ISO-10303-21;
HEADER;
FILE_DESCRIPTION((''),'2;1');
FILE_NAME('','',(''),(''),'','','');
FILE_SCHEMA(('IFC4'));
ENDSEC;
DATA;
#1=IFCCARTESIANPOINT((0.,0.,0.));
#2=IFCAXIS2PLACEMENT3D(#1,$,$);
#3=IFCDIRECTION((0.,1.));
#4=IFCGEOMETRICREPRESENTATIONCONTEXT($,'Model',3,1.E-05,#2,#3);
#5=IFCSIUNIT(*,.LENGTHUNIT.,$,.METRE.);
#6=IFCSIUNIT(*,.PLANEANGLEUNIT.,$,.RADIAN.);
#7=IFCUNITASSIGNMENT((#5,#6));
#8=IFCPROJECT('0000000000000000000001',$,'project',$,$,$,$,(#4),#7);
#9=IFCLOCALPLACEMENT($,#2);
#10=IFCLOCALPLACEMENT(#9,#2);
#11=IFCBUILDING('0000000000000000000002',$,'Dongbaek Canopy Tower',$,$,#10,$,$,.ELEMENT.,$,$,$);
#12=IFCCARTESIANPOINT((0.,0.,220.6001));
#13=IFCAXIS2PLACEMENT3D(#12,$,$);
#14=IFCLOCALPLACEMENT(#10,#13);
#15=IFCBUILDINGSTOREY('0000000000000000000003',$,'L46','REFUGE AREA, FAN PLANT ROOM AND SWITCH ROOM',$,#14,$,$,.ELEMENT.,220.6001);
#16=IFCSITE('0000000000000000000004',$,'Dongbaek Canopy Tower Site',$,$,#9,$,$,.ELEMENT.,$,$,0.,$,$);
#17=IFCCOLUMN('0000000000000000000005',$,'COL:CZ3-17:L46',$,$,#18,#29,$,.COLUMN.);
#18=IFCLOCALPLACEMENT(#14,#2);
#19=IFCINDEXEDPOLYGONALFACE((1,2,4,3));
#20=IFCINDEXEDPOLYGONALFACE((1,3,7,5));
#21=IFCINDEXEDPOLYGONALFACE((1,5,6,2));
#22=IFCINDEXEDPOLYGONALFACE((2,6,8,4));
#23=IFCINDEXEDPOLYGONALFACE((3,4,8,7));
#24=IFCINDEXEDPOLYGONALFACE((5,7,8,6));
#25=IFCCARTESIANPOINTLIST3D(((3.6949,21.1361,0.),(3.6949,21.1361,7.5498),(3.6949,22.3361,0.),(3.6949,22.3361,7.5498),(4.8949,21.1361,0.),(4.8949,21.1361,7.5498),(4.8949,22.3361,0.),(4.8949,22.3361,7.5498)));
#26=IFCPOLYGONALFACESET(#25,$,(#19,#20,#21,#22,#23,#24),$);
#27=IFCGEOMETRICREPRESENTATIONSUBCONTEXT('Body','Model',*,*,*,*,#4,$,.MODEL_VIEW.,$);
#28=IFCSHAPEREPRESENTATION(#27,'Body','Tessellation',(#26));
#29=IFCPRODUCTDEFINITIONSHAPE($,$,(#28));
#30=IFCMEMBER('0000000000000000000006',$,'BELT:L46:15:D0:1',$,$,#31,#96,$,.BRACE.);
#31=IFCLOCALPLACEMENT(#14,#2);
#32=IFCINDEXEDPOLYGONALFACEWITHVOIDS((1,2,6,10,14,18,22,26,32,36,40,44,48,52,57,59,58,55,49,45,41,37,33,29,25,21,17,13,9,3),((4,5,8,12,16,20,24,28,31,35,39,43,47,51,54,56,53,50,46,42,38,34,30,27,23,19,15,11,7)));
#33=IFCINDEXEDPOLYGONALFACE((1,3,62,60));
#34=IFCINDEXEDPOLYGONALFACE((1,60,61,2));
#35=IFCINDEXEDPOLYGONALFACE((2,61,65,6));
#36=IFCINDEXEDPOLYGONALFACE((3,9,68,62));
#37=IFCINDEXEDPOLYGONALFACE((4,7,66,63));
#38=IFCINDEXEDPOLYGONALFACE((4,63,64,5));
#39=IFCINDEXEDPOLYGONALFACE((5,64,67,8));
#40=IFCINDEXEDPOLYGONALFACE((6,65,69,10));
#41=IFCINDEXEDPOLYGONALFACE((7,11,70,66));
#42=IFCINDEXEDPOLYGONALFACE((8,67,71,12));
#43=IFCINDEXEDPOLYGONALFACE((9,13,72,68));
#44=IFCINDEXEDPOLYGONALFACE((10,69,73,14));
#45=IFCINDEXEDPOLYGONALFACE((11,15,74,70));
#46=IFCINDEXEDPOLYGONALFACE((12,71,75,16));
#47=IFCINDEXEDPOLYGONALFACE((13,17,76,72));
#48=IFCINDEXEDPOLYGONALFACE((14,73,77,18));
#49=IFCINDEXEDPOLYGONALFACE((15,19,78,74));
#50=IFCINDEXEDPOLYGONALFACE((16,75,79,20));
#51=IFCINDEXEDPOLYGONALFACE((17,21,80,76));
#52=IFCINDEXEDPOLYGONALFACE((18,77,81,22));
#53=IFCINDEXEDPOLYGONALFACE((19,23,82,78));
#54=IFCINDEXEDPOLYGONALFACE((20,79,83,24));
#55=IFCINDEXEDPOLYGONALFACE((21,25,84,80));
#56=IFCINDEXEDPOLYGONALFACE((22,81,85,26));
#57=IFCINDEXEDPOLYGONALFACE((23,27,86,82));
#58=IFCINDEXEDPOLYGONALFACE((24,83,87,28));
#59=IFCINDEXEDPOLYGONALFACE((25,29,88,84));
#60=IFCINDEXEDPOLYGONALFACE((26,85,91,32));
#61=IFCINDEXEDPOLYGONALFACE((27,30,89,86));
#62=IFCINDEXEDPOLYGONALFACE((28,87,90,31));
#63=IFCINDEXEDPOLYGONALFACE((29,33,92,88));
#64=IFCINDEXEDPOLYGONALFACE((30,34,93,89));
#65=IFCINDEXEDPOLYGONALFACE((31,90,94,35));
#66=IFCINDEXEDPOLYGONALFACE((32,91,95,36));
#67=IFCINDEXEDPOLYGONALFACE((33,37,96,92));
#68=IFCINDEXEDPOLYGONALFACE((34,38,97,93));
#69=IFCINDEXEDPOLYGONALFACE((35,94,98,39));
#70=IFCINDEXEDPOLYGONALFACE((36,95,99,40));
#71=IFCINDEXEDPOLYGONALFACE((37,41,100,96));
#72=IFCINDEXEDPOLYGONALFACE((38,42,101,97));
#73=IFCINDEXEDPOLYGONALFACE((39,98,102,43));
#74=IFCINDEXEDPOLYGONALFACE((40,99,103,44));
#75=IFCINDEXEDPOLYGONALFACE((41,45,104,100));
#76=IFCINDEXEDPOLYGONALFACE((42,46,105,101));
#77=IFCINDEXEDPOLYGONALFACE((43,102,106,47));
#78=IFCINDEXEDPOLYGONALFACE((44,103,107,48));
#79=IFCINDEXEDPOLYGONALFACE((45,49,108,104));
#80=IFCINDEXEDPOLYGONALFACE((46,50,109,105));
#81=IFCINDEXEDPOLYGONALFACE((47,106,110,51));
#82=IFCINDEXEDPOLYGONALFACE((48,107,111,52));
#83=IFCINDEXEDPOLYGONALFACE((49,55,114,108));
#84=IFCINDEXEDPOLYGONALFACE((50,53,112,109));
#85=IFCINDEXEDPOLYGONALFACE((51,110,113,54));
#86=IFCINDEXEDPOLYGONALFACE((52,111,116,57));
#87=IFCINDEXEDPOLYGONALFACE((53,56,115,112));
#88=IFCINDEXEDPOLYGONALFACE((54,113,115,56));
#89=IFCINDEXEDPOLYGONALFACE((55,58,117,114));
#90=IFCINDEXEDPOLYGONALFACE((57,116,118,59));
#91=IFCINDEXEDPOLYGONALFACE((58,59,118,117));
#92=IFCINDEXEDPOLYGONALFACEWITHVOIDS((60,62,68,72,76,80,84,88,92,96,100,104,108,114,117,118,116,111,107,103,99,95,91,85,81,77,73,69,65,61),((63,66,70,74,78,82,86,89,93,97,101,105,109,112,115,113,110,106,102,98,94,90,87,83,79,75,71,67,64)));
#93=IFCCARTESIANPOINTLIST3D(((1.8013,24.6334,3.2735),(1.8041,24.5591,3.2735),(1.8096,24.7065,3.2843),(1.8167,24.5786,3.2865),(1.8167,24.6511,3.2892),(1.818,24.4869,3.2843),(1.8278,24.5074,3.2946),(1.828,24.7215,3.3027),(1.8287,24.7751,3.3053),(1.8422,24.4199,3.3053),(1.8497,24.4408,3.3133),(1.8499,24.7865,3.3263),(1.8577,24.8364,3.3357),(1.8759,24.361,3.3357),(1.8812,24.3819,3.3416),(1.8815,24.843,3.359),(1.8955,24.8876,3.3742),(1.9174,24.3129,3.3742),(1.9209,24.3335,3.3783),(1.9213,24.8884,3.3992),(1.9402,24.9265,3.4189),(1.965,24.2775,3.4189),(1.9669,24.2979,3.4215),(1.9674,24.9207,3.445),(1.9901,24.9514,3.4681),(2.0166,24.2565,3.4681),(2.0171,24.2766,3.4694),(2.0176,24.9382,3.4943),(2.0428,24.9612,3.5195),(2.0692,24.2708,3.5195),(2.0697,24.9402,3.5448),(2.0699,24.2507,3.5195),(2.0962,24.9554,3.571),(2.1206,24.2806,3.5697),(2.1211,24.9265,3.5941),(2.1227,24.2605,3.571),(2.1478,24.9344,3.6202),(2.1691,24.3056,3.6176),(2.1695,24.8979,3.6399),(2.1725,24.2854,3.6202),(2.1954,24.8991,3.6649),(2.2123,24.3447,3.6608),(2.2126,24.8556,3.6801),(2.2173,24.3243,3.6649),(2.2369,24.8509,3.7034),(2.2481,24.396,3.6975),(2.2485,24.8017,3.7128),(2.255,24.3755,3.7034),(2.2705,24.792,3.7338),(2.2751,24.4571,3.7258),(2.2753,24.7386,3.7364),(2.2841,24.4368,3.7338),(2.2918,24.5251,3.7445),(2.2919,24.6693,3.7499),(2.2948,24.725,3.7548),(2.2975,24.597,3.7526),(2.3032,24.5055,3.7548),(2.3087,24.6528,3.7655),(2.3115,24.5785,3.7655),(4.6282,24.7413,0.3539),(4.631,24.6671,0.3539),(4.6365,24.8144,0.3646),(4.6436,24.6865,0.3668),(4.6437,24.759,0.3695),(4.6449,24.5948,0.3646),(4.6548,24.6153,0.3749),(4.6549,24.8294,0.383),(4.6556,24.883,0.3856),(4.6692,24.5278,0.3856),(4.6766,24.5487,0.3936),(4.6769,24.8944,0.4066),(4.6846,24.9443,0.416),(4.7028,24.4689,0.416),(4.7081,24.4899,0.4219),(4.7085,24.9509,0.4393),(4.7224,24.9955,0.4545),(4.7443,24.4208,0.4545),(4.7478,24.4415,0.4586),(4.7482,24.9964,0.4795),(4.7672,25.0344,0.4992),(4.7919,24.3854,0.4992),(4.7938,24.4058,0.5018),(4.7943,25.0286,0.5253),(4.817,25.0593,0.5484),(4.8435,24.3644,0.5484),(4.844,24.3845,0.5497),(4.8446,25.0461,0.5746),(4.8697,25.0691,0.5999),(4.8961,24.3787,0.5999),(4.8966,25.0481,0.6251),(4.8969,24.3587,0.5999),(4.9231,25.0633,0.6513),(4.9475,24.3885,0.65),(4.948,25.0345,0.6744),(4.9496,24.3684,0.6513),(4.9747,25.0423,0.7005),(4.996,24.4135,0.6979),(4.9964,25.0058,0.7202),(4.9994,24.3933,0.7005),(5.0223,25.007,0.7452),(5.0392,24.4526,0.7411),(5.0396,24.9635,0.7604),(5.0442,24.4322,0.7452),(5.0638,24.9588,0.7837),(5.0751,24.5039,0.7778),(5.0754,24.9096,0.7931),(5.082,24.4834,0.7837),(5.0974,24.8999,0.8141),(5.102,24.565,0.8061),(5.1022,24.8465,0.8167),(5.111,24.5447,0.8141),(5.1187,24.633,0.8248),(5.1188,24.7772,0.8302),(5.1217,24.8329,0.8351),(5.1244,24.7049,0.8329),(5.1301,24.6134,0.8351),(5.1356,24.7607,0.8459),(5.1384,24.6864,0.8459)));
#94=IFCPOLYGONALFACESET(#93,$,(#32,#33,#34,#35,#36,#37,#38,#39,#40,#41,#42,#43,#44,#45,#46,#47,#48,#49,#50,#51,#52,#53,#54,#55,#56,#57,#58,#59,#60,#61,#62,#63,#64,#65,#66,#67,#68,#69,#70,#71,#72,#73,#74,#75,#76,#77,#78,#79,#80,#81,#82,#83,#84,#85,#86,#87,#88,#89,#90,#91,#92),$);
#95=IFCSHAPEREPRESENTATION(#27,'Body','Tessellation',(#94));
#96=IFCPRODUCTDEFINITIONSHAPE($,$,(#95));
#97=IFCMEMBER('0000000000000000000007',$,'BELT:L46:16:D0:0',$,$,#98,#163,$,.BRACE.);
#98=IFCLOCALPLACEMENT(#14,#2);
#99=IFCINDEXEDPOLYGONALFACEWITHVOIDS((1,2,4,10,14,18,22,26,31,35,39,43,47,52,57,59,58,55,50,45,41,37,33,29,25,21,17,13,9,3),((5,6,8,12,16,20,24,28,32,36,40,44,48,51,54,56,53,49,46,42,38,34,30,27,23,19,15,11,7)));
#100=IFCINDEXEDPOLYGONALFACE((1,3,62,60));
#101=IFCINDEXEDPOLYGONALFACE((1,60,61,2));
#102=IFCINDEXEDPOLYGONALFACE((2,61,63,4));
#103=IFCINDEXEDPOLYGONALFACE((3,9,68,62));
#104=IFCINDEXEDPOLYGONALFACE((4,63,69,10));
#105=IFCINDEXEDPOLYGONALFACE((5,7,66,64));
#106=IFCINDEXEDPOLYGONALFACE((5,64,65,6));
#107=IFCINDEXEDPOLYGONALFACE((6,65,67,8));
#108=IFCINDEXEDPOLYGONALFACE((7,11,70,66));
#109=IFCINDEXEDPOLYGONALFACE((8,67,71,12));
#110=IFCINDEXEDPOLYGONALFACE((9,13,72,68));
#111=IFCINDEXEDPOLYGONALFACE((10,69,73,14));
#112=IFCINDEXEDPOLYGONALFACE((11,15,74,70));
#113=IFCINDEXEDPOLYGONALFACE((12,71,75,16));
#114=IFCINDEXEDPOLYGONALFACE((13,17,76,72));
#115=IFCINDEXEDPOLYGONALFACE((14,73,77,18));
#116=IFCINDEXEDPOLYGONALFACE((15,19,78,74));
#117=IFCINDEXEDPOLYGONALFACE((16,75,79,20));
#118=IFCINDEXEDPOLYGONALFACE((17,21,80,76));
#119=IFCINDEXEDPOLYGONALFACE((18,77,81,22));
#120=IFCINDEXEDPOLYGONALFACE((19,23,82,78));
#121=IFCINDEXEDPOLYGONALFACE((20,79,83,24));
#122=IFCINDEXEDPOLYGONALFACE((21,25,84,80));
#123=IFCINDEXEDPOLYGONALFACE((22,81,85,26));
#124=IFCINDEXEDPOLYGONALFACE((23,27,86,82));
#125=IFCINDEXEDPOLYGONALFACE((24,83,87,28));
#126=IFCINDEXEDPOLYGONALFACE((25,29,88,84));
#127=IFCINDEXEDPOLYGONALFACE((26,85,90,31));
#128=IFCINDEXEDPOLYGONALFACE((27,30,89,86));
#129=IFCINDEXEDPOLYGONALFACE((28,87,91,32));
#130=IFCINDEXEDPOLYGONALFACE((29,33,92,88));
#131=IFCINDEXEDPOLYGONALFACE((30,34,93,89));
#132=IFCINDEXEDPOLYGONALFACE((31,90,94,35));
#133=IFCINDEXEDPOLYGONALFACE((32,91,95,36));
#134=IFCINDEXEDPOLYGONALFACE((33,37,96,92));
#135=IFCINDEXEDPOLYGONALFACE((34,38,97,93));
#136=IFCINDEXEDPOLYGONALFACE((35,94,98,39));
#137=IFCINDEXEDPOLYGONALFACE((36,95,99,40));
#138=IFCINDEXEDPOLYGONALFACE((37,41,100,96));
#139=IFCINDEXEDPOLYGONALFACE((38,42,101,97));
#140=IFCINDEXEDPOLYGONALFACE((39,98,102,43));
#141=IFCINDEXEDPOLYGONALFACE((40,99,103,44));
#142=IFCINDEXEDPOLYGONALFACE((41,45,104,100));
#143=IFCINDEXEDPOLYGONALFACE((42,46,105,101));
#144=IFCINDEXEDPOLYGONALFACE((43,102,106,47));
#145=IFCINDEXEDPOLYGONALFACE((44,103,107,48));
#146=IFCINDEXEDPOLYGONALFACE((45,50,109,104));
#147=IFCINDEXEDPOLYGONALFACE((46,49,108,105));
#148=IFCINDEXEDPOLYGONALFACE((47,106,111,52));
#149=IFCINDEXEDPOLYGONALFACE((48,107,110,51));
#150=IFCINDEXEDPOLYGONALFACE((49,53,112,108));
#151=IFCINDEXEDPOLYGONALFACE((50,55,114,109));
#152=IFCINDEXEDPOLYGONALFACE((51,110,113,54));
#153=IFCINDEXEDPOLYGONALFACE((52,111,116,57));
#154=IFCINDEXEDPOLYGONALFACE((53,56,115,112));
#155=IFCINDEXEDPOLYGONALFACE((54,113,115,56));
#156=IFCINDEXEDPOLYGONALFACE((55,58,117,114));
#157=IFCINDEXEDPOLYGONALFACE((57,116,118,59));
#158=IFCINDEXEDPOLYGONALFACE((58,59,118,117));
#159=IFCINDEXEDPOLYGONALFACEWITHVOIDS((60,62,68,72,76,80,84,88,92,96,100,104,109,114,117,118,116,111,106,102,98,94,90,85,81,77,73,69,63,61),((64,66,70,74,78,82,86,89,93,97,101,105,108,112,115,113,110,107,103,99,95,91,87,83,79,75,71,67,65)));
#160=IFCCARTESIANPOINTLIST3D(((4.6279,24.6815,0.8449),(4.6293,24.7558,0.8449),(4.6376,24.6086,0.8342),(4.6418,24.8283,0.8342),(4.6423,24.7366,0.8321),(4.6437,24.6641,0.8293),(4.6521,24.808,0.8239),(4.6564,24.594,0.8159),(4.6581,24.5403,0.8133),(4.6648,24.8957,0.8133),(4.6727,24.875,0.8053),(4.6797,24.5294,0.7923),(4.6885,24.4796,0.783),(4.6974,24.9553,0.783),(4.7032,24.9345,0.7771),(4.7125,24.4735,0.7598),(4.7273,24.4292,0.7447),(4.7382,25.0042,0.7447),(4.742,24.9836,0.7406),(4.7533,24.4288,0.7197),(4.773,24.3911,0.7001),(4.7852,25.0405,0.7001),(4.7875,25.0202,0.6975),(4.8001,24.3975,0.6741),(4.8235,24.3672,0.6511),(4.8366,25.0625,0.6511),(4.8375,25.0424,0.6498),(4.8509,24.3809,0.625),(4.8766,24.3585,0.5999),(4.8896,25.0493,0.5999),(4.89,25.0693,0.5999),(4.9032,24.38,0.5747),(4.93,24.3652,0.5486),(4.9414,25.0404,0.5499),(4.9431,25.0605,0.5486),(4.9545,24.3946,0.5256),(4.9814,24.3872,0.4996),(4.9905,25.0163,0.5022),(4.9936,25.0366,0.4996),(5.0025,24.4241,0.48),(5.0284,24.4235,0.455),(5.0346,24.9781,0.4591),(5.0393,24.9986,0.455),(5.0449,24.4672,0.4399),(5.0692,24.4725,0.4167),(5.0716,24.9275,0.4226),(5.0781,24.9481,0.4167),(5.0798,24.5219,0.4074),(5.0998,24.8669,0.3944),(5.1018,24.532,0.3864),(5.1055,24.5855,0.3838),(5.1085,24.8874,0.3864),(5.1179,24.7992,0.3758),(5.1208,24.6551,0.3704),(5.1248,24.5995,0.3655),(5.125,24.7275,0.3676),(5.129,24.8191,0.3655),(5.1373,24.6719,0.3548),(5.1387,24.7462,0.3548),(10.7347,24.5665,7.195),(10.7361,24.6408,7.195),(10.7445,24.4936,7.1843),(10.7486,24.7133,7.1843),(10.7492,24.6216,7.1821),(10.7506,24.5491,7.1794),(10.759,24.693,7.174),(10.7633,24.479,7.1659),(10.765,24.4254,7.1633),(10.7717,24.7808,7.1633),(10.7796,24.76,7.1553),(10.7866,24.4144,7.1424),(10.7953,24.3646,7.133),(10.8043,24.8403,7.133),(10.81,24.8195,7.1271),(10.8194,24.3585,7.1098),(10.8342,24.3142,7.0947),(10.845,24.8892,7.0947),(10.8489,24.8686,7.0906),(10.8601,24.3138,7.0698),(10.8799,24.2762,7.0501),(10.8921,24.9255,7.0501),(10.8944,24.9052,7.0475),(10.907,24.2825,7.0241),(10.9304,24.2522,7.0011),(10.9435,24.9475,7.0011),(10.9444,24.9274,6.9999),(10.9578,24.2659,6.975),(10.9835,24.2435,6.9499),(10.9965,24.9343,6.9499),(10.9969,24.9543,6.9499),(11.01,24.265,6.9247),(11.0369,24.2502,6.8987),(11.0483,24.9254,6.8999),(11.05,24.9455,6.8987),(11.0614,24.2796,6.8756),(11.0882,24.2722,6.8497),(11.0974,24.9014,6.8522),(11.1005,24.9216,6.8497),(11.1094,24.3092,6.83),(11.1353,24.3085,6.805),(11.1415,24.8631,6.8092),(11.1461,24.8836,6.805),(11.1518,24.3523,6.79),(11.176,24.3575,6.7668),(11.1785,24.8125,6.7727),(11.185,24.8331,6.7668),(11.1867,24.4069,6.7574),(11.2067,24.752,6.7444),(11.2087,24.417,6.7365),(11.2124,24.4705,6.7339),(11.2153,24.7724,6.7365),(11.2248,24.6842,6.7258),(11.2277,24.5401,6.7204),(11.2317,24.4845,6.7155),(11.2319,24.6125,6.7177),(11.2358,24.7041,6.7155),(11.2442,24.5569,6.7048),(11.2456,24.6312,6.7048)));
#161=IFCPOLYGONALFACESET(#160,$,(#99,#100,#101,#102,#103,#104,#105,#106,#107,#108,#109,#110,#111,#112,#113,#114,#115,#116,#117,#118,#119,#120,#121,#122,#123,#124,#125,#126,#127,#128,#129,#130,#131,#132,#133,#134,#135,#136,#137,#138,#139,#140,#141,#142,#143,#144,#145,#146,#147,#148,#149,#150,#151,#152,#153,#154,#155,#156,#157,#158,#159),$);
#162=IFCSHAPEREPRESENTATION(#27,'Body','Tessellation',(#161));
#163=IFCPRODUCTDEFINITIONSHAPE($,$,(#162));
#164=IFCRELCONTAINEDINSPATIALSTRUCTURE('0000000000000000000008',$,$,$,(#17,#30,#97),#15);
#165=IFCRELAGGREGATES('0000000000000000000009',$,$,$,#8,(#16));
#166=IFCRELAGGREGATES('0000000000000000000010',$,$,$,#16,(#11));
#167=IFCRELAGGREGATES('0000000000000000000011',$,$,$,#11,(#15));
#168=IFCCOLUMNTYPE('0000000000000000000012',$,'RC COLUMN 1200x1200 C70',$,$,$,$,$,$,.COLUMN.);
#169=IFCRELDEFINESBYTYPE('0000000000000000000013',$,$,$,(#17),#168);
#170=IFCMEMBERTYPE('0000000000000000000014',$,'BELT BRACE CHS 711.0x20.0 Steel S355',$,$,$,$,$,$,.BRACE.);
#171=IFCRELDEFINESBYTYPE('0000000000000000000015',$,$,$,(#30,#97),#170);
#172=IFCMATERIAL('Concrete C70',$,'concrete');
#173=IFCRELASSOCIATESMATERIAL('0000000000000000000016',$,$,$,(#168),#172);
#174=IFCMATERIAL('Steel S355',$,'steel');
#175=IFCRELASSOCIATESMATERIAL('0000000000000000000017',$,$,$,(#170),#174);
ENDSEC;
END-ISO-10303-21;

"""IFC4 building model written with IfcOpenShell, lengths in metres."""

from ifc_helpers import new_model, si_unit, direction, frame, origin, origin_2d, place, context, subcontext, project, spatial, rectangle, hollow_circle, extrude, material, material_profile, profile_set, type_object, element, save


model = new_model("IFC4")

# Units and contexts
model_context = context("Model", 3, precision=1e-05, world=origin(), true_north=direction((0.0, 1.0)))
body_context = subcontext(model_context, "Body", "Model", "MODEL_VIEW")
ifc_project = project(units=[si_unit("LENGTHUNIT", "METRE"), si_unit("PLANEANGLEUNIT", "RADIAN")], contexts=[model_context])

# Site, building, storey
site_placement = place(None, origin())
site = spatial("IfcSite", under=ifc_project, at=site_placement, Name="Dongbaek Canopy Tower Site", CompositionType="ELEMENT", RefElevation=0.0)
building_placement = place(site_placement, origin())
building = spatial("IfcBuilding", under=site, at=building_placement, Name="Dongbaek Canopy Tower", CompositionType="ELEMENT")
storey_placement = place(building_placement, frame((0.0, 0.0, 220.6001)))
storey = spatial("IfcBuildingStorey", under=building, at=storey_placement, Name="L46", Description="REFUGE AREA, FAN PLANT ROOM AND SWITCH ROOM", CompositionType="ELEMENT", Elevation=220.6001)

# Column
ifc_material_1 = material(Name="Concrete C70", Category="concrete")
ifc_material_profile_1 = material_profile(ifc_material_1, rectangle(XDim=1.2, YDim=1.2, at=origin_2d()), Name="RC COLUMN 1200x1200 C70")
ifc_profile_set_1 = profile_set([ifc_material_profile_1], Name="Concrete C70")
column_type = type_object("IfcColumnType", Name="RC COLUMN 1200x1200 C70", PredefinedType="COLUMN", material=ifc_profile_set_1)
column_placement = place(storey_placement, frame((4.2949, 21.7361, 0.0), z_axis=(0.0, 0.0, 1.0), x_axis=(1.0, 0.0, 0.0)))
element("IfcColumn", 1, at=column_placement, inside=storey, type_object=column_type, Name="COL:CZ3-17:L46", PredefinedType="COLUMN", context=body_context, shape_type="SweptSolid", body=[
    extrude(rectangle(XDim=1.2, YDim=1.2, at=origin_2d()), origin(), (0.0, 0.0, 1.0), 7.5498),
])

# Members
ifc_material_2 = material(Name="Steel S355", Category="steel")
ifc_material_profile_2 = material_profile(ifc_material_2, hollow_circle(Radius=0.3555, WallThickness=0.02, at=origin_2d()), Name="BELT BRACE CHS 711.0x20.0 Steel S355")
ifc_profile_set_2 = profile_set([ifc_material_profile_2], Name="Steel S355")
member_type_1 = type_object("IfcMemberType", Name="BELT BRACE CHS 711.0x20.0 Steel S355", PredefinedType="BRACE", material=ifc_profile_set_2)
member_1_placement = place(storey_placement, frame((4.8833, 24.7139, 0.5999), z_axis=(-0.695355, -0.026543, 0.718176), x_axis=(0.038145, -0.999272, 0.0)))
element("IfcMember", 2, at=member_1_placement, inside=storey, type_object=member_type_1, Name="BELT:L46:15:D0:1", PredefinedType="BRACE", context=body_context, shape_type="SweptSolid", body=[
    extrude(hollow_circle(Radius=0.3555, WallThickness=0.02, at=origin_2d()), origin(), (0.0, 0.0, 1.0), 4.0654),
])
member_2_placement = place(storey_placement, frame((4.8833, 24.7139, 0.5999), z_axis=(0.693113, -0.013051, 0.720711), x_axis=(0.018826, 0.999823, 0.0)))
element("IfcMember", 3, at=member_2_placement, inside=storey, type_object=member_type_1, Name="BELT:L46:16:D0:0", PredefinedType="BRACE", context=body_context, shape_type="SweptSolid", body=[
    extrude(hollow_circle(Radius=0.3555, WallThickness=0.02, at=origin_2d()), origin(), (0.0, 0.0, 1.0), 8.8108),
])

save(model, "model.ifc")
